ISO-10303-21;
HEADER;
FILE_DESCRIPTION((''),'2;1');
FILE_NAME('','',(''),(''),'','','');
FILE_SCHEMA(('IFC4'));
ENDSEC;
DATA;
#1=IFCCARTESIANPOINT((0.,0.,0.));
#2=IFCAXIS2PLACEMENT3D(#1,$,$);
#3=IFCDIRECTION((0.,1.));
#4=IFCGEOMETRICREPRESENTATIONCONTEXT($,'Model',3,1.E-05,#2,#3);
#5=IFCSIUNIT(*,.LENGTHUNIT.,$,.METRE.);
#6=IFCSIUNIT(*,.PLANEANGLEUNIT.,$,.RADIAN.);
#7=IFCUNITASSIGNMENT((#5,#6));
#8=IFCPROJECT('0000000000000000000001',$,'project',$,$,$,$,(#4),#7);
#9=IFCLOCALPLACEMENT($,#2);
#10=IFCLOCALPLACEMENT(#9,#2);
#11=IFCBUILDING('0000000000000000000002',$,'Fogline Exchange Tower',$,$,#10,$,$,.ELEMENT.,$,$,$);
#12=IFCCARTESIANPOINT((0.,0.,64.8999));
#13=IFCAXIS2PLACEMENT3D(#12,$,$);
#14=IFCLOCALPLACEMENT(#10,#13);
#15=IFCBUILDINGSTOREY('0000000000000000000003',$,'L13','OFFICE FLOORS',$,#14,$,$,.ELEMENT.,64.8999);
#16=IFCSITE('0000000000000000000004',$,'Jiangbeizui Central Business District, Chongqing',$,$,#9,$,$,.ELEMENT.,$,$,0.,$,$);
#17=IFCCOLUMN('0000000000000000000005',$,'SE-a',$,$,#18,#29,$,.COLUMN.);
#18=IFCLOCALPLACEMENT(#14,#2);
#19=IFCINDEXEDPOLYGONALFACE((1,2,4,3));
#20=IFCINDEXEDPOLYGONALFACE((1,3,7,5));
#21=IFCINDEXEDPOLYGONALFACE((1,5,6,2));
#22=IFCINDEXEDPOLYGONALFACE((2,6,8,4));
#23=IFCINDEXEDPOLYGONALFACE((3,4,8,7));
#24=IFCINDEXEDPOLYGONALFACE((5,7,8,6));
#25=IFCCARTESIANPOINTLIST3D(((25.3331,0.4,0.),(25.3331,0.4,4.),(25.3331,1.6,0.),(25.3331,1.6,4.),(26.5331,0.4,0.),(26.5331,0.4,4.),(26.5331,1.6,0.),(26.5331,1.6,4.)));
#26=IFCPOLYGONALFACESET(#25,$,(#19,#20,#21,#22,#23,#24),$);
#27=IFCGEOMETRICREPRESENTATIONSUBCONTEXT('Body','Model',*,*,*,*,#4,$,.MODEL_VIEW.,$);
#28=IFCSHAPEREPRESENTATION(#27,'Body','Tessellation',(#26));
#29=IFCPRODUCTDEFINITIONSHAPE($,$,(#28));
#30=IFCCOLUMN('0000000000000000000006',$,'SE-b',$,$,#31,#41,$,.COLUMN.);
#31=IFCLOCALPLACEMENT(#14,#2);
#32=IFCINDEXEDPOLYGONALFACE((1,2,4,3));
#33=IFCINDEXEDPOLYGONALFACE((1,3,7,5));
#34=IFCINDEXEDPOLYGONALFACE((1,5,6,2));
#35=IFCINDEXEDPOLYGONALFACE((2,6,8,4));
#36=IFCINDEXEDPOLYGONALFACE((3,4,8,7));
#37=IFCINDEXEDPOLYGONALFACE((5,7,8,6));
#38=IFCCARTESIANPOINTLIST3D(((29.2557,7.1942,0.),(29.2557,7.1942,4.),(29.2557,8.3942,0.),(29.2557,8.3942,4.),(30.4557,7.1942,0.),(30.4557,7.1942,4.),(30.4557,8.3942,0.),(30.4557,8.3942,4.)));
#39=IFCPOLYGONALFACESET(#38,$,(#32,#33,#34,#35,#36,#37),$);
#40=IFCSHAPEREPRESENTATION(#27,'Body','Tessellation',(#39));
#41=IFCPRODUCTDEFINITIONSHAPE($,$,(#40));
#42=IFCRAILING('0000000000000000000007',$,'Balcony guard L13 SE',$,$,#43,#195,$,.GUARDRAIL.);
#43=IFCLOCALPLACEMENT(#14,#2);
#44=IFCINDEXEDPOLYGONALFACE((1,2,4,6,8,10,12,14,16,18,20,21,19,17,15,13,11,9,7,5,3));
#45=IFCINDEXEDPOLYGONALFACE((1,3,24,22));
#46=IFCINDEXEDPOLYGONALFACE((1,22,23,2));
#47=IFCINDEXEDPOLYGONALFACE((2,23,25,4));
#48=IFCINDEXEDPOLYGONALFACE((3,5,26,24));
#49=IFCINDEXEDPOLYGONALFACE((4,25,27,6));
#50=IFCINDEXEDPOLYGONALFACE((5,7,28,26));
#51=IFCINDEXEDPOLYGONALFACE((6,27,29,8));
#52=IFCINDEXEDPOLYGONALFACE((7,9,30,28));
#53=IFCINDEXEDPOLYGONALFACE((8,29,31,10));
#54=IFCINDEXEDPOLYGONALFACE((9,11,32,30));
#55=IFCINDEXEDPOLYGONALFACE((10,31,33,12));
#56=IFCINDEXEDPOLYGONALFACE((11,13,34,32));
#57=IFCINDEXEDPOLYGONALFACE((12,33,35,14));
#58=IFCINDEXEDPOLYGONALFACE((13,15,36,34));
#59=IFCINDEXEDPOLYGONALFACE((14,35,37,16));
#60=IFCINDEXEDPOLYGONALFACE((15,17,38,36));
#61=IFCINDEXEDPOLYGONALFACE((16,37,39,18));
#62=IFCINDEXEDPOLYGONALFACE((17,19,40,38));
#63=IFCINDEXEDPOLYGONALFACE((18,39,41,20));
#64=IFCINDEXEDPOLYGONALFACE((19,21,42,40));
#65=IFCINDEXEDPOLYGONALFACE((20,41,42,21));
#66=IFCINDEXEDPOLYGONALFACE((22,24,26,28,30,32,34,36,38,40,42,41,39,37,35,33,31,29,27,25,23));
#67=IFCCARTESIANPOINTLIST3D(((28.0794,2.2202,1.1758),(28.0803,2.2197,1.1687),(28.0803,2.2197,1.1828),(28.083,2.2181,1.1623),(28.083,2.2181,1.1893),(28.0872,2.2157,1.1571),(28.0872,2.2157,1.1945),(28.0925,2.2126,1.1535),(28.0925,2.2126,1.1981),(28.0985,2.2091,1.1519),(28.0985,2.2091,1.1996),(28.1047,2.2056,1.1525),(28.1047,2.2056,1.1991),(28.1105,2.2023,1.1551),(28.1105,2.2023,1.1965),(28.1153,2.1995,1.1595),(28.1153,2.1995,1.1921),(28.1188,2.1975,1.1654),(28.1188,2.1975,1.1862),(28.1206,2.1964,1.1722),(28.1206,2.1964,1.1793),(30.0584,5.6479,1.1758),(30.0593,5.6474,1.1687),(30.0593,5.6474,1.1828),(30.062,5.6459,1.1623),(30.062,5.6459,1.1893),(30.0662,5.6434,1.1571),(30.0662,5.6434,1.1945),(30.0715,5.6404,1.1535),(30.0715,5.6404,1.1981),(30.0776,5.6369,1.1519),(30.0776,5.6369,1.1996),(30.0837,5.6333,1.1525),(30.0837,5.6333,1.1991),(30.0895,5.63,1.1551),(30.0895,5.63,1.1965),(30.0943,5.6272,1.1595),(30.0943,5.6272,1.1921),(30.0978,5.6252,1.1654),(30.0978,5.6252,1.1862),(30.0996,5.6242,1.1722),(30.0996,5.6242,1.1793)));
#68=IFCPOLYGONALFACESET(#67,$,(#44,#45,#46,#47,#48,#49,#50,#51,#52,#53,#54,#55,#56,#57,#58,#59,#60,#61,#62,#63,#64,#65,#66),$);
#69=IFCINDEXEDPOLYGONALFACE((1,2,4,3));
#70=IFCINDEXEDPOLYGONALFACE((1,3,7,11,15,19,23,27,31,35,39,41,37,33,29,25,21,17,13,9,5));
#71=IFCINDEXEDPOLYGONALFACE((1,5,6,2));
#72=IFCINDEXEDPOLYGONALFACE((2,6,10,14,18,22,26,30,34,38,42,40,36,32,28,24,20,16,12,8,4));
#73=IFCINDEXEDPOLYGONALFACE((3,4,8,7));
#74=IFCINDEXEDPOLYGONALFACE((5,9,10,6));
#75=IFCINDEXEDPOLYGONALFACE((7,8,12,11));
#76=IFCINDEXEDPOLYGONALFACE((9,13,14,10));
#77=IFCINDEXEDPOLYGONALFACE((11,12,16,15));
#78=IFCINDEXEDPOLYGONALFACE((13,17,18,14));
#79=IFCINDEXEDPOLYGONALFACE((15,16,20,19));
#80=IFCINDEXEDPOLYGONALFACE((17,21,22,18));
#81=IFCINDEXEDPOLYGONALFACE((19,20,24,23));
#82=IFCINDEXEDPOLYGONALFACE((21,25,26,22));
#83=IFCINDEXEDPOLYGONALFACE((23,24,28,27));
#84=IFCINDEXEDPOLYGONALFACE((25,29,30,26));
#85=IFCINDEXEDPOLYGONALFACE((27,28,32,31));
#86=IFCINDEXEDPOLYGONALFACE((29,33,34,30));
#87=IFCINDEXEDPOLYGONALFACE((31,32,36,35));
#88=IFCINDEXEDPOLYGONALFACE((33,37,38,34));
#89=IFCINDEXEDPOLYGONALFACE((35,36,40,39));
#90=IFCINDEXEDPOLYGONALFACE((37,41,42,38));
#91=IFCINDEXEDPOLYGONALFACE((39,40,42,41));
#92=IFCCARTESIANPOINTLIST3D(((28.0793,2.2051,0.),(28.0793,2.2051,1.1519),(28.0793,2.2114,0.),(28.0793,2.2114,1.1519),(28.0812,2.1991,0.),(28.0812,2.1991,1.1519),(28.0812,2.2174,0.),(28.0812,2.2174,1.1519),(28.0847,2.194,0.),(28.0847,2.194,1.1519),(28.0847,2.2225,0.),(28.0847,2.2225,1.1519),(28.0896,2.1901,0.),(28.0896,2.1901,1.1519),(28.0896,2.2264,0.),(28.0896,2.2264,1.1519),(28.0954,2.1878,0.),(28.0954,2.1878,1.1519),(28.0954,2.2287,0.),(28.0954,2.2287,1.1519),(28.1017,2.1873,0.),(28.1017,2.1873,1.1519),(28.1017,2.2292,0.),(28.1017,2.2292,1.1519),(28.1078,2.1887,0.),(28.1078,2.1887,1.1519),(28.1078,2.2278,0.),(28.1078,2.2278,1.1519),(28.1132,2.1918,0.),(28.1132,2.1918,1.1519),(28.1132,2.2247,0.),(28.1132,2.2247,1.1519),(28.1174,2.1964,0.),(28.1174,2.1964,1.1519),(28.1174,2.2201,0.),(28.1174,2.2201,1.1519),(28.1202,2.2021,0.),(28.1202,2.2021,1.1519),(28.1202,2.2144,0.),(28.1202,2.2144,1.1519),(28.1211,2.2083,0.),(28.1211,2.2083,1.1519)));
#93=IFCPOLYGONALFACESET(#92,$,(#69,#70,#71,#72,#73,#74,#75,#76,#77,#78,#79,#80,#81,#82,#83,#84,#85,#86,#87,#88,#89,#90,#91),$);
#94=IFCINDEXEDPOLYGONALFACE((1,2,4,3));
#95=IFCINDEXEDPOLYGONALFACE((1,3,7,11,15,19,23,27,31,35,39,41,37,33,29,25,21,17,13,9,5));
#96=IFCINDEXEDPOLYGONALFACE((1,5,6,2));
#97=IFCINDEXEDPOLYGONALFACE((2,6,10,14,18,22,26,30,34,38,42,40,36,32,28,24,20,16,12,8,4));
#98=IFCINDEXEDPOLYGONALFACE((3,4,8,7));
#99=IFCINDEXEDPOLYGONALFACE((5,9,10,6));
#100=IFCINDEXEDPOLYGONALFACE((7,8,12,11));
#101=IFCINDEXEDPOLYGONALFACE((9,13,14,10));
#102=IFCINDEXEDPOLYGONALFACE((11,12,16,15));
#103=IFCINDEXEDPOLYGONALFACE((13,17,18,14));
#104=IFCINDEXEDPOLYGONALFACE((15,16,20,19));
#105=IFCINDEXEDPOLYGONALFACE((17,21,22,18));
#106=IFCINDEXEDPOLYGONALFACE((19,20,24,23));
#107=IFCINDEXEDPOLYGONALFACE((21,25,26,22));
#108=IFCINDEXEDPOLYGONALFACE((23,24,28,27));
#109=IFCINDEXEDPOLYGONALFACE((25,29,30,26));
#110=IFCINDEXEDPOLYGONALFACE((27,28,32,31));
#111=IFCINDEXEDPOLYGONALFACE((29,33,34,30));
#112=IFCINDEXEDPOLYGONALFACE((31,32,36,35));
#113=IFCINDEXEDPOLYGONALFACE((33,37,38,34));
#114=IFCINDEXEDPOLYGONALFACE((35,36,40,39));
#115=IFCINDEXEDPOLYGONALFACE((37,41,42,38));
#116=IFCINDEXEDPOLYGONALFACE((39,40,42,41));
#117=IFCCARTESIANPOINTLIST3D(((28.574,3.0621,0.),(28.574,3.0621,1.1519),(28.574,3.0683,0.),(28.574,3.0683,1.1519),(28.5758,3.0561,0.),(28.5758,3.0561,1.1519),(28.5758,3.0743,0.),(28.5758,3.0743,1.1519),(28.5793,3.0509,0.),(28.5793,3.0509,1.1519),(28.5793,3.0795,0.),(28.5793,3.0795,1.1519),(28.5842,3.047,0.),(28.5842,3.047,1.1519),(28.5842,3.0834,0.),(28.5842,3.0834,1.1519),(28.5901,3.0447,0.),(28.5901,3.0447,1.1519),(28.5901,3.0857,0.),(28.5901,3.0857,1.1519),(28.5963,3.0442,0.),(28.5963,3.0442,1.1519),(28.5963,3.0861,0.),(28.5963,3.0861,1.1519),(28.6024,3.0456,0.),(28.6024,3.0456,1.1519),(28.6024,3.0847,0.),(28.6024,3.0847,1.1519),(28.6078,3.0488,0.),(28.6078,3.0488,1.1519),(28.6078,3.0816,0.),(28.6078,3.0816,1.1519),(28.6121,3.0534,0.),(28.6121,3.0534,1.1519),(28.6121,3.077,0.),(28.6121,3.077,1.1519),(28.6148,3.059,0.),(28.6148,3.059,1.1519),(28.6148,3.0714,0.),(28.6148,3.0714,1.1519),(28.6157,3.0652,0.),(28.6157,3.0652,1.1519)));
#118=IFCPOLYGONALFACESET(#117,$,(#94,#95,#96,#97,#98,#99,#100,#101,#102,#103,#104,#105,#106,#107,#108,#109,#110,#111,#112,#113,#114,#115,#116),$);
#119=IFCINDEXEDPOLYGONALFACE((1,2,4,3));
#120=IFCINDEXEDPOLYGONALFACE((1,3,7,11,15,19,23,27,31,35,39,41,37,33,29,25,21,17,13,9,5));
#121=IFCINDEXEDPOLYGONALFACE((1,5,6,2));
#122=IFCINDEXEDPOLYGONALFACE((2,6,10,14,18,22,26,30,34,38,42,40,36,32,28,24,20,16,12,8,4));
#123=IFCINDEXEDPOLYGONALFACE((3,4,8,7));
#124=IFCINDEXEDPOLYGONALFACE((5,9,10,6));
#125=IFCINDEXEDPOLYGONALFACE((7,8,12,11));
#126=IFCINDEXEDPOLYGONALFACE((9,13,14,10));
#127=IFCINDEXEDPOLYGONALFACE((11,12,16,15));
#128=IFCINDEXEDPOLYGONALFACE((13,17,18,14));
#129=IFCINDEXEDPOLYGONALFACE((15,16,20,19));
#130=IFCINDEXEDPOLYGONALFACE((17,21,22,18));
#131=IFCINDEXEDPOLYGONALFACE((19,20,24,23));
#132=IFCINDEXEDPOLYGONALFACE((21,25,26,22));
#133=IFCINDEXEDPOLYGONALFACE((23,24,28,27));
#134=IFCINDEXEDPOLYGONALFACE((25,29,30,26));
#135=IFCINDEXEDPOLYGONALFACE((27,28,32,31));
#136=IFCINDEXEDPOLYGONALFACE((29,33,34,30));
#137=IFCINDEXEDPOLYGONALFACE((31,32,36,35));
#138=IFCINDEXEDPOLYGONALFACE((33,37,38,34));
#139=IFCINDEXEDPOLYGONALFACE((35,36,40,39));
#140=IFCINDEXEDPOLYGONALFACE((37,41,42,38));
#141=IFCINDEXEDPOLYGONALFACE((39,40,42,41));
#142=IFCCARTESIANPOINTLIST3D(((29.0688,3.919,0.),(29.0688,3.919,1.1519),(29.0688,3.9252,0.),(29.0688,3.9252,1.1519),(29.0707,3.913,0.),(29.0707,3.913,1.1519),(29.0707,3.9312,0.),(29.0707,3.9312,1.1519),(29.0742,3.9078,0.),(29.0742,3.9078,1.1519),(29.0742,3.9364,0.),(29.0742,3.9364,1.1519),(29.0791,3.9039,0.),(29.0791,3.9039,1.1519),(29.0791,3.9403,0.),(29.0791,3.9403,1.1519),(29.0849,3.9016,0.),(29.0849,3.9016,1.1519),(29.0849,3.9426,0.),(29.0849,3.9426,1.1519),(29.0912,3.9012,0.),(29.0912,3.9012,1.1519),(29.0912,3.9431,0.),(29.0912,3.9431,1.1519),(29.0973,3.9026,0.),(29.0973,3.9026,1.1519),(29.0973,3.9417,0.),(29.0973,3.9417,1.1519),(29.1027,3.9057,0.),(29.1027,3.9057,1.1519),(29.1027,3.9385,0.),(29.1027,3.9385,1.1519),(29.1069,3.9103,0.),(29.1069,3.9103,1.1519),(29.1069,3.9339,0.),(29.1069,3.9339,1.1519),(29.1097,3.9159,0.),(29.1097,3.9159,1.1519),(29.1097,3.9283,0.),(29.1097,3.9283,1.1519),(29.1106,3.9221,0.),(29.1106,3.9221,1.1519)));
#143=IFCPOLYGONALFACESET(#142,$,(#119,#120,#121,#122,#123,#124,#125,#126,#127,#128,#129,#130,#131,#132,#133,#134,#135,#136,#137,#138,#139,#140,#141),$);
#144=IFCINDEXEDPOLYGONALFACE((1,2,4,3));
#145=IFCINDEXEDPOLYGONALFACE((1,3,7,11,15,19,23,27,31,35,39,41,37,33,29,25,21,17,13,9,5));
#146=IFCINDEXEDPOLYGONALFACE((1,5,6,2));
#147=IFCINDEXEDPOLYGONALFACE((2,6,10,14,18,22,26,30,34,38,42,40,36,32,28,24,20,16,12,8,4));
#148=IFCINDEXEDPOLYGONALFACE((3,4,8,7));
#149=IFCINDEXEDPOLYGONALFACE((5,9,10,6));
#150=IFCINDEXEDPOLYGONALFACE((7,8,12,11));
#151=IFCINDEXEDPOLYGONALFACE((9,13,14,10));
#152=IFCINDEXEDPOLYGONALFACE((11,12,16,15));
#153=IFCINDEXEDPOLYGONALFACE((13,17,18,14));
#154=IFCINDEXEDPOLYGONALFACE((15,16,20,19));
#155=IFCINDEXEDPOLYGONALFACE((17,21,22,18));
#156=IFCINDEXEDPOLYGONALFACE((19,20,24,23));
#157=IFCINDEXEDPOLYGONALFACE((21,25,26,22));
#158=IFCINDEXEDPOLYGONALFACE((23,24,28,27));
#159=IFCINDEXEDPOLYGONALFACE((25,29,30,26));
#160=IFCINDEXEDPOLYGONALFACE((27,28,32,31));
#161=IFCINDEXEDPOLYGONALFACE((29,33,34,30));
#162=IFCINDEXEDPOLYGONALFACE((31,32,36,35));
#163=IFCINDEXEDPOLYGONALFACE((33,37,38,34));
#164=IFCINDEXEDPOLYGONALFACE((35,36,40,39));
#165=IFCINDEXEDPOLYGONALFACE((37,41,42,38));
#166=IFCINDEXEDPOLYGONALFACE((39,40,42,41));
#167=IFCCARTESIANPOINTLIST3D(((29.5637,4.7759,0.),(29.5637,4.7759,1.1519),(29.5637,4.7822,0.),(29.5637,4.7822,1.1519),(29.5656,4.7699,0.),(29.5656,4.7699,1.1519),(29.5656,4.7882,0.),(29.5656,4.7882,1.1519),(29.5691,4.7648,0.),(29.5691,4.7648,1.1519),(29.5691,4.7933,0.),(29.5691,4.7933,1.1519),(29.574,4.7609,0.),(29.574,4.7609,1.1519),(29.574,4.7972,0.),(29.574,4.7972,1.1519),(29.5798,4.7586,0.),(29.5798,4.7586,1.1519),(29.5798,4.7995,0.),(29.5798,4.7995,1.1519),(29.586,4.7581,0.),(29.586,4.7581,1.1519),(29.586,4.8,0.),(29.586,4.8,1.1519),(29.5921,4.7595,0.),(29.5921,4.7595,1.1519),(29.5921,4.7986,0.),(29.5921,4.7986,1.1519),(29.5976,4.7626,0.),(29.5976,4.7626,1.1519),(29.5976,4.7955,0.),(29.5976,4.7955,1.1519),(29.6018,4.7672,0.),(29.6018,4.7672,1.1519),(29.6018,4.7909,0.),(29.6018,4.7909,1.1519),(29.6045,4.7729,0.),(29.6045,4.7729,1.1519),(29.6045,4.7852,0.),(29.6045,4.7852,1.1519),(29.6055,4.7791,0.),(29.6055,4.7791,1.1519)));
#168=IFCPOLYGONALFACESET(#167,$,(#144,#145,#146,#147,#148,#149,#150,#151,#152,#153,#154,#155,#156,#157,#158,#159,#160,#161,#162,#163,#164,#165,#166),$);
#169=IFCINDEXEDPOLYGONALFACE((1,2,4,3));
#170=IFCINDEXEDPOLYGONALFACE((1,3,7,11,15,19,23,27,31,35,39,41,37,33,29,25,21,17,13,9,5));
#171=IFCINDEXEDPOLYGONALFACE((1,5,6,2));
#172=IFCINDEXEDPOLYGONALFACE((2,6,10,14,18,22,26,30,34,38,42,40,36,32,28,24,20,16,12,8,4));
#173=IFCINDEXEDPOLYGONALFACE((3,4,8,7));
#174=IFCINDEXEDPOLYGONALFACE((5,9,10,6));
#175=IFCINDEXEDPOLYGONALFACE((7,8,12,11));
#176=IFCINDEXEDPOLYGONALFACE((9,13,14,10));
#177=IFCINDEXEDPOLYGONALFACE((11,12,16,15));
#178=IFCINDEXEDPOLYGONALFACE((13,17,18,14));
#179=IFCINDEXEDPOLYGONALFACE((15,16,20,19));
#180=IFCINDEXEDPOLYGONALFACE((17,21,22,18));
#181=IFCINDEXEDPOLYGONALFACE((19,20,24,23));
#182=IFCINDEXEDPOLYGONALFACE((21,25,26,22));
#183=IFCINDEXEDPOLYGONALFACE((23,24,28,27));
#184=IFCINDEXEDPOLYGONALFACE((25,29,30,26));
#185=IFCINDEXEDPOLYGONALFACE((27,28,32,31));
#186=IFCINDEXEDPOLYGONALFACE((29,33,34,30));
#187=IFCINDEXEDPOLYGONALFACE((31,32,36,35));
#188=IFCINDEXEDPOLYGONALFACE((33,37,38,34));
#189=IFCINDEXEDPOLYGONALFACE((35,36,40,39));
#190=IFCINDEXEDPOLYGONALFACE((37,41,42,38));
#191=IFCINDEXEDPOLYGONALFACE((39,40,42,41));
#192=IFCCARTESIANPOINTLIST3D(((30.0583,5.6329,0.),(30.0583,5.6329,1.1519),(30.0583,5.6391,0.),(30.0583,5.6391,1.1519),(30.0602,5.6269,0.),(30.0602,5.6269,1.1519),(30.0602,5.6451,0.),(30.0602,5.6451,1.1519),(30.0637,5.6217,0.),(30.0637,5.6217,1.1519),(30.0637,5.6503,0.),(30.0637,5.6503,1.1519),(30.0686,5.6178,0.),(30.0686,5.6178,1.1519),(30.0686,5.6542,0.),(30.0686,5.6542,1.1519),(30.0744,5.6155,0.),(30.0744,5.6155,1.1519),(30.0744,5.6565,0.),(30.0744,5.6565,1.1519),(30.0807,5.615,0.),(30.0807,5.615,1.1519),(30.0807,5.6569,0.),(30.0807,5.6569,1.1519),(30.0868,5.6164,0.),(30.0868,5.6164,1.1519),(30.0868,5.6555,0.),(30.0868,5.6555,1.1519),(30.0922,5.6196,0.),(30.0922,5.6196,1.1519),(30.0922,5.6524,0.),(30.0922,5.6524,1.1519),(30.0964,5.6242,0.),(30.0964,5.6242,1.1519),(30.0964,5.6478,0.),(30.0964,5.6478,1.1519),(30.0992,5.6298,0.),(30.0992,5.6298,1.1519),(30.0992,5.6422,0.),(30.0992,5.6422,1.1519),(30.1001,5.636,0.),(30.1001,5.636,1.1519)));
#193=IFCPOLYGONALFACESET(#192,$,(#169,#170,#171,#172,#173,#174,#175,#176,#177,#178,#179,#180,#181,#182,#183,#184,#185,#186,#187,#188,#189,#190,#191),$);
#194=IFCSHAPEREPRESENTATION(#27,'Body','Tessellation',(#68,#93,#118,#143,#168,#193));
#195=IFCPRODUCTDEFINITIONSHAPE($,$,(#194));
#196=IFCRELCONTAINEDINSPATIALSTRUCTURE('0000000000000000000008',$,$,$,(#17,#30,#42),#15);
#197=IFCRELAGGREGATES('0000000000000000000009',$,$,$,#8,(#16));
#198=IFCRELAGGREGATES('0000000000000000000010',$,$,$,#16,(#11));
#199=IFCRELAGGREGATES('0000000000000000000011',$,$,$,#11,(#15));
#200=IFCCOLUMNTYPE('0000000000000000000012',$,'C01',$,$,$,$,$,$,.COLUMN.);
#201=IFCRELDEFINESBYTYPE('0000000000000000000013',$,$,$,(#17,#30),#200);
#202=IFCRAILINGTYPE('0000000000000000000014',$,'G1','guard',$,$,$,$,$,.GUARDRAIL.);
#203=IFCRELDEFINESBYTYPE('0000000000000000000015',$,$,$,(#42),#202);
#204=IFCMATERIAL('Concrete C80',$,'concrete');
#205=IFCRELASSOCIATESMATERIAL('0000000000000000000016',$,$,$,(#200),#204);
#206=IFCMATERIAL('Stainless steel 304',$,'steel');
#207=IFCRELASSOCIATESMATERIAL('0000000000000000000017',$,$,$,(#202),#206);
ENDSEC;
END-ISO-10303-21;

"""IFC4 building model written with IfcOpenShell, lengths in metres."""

from ifc_helpers import new_model, si_unit, direction, frame, origin, origin_2d, place, context, subcontext, project, spatial, rectangle, circle, extrude, material, material_profile, profile_set, type_object, element, save


model = new_model("IFC4")

# Units and contexts
model_context = context("Model", 3, precision=1e-05, world=origin(), true_north=direction((0.0, 1.0)))
body_context = subcontext(model_context, "Body", "Model", "MODEL_VIEW")
ifc_project = project(units=[si_unit("LENGTHUNIT", "METRE"), si_unit("PLANEANGLEUNIT", "RADIAN")], contexts=[model_context])

# Site, building, storey
site_placement = place(None, origin())
site = spatial("IfcSite", under=ifc_project, at=site_placement, Name="Jiangbeizui Central Business District, Chongqing", CompositionType="ELEMENT", RefElevation=0.0)
building_placement = place(site_placement, origin())
building = spatial("IfcBuilding", under=site, at=building_placement, Name="Fogline Exchange Tower", CompositionType="ELEMENT")
storey_placement = place(building_placement, frame((0.0, 0.0, 64.8999)))
storey = spatial("IfcBuildingStorey", under=building, at=storey_placement, Name="L13", Description="OFFICE FLOORS", CompositionType="ELEMENT", Elevation=64.8999)

# Columns
ifc_material_1 = material(Name="Concrete C80", Category="concrete")
ifc_material_profile = material_profile(ifc_material_1, rectangle(XDim=1.2, YDim=1.2, at=origin_2d()), Name="RC 1200x1200")
ifc_profile_set = profile_set([ifc_material_profile], Name="Concrete C80")
column_type = type_object("IfcColumnType", Name="C01", PredefinedType="COLUMN", material=ifc_profile_set)
for number, where, z_axis, x_axis, name in (
    (1, (25.9331, 1.0, 0.0), (0.0, 0.0, 1.0), (1.0, 0.0, 0.0), "SE-a"),
    (2, (29.8557, 7.7942, 0.0), (0.0, 0.0, 1.0), (1.0, 0.0, 0.0), "SE-b"),
):
    element("IfcColumn", number, at=place(storey_placement, frame(where, z_axis=z_axis, x_axis=x_axis)), inside=storey, type_object=column_type, Name=name, PredefinedType="COLUMN", context=body_context, shape_type="SweptSolid", body=[
        extrude(rectangle(XDim=1.2, YDim=1.2, at=origin_2d()), origin(), (0.0, 0.0, 1.0), 4.0),
    ])

# Railing
ifc_material_2 = material(Name="Stainless steel 304", Category="steel")
railing_type = type_object("IfcRailingType", Name="G1", Description="guard", PredefinedType="GUARDRAIL", material=ifc_material_2)
railing_placement = place(storey_placement, frame((28.1001, 2.2083, 0.0)))
element("IfcRailing", 3, at=railing_placement, inside=storey, type_object=railing_type, Name="Balcony guard L13 SE", PredefinedType="GUARDRAIL", context=body_context, shape_type="SweptSolid", body=[
    extrude(circle(Radius=0.0239, at=origin_2d()), frame((0.0, 0.0, 1.1758), z_axis=(0.5, 0.866025, 0.0), x_axis=(-0.866025, 0.5, 0.0)), (0.0, 0.0, 1.0), 3.958),
    extrude(circle(Radius=0.021, at=origin_2d()), origin(), (0.0, 0.0, 1.0), 1.1519),
    extrude(circle(Radius=0.021, at=origin_2d()), frame((0.4946, 0.8569, 0.0)), (0.0, 0.0, 1.0), 1.1519),
    extrude(circle(Radius=0.021, at=origin_2d()), frame((0.9895, 1.7139, 0.0)), (0.0, 0.0, 1.0), 1.1519),
    extrude(circle(Radius=0.021, at=origin_2d()), frame((1.4844, 2.5708, 0.0)), (0.0, 0.0, 1.0), 1.1519),
    extrude(circle(Radius=0.021, at=origin_2d()), frame((1.979, 3.4277, 0.0)), (0.0, 0.0, 1.0), 1.1519),
])

save(model, "model.ifc")
